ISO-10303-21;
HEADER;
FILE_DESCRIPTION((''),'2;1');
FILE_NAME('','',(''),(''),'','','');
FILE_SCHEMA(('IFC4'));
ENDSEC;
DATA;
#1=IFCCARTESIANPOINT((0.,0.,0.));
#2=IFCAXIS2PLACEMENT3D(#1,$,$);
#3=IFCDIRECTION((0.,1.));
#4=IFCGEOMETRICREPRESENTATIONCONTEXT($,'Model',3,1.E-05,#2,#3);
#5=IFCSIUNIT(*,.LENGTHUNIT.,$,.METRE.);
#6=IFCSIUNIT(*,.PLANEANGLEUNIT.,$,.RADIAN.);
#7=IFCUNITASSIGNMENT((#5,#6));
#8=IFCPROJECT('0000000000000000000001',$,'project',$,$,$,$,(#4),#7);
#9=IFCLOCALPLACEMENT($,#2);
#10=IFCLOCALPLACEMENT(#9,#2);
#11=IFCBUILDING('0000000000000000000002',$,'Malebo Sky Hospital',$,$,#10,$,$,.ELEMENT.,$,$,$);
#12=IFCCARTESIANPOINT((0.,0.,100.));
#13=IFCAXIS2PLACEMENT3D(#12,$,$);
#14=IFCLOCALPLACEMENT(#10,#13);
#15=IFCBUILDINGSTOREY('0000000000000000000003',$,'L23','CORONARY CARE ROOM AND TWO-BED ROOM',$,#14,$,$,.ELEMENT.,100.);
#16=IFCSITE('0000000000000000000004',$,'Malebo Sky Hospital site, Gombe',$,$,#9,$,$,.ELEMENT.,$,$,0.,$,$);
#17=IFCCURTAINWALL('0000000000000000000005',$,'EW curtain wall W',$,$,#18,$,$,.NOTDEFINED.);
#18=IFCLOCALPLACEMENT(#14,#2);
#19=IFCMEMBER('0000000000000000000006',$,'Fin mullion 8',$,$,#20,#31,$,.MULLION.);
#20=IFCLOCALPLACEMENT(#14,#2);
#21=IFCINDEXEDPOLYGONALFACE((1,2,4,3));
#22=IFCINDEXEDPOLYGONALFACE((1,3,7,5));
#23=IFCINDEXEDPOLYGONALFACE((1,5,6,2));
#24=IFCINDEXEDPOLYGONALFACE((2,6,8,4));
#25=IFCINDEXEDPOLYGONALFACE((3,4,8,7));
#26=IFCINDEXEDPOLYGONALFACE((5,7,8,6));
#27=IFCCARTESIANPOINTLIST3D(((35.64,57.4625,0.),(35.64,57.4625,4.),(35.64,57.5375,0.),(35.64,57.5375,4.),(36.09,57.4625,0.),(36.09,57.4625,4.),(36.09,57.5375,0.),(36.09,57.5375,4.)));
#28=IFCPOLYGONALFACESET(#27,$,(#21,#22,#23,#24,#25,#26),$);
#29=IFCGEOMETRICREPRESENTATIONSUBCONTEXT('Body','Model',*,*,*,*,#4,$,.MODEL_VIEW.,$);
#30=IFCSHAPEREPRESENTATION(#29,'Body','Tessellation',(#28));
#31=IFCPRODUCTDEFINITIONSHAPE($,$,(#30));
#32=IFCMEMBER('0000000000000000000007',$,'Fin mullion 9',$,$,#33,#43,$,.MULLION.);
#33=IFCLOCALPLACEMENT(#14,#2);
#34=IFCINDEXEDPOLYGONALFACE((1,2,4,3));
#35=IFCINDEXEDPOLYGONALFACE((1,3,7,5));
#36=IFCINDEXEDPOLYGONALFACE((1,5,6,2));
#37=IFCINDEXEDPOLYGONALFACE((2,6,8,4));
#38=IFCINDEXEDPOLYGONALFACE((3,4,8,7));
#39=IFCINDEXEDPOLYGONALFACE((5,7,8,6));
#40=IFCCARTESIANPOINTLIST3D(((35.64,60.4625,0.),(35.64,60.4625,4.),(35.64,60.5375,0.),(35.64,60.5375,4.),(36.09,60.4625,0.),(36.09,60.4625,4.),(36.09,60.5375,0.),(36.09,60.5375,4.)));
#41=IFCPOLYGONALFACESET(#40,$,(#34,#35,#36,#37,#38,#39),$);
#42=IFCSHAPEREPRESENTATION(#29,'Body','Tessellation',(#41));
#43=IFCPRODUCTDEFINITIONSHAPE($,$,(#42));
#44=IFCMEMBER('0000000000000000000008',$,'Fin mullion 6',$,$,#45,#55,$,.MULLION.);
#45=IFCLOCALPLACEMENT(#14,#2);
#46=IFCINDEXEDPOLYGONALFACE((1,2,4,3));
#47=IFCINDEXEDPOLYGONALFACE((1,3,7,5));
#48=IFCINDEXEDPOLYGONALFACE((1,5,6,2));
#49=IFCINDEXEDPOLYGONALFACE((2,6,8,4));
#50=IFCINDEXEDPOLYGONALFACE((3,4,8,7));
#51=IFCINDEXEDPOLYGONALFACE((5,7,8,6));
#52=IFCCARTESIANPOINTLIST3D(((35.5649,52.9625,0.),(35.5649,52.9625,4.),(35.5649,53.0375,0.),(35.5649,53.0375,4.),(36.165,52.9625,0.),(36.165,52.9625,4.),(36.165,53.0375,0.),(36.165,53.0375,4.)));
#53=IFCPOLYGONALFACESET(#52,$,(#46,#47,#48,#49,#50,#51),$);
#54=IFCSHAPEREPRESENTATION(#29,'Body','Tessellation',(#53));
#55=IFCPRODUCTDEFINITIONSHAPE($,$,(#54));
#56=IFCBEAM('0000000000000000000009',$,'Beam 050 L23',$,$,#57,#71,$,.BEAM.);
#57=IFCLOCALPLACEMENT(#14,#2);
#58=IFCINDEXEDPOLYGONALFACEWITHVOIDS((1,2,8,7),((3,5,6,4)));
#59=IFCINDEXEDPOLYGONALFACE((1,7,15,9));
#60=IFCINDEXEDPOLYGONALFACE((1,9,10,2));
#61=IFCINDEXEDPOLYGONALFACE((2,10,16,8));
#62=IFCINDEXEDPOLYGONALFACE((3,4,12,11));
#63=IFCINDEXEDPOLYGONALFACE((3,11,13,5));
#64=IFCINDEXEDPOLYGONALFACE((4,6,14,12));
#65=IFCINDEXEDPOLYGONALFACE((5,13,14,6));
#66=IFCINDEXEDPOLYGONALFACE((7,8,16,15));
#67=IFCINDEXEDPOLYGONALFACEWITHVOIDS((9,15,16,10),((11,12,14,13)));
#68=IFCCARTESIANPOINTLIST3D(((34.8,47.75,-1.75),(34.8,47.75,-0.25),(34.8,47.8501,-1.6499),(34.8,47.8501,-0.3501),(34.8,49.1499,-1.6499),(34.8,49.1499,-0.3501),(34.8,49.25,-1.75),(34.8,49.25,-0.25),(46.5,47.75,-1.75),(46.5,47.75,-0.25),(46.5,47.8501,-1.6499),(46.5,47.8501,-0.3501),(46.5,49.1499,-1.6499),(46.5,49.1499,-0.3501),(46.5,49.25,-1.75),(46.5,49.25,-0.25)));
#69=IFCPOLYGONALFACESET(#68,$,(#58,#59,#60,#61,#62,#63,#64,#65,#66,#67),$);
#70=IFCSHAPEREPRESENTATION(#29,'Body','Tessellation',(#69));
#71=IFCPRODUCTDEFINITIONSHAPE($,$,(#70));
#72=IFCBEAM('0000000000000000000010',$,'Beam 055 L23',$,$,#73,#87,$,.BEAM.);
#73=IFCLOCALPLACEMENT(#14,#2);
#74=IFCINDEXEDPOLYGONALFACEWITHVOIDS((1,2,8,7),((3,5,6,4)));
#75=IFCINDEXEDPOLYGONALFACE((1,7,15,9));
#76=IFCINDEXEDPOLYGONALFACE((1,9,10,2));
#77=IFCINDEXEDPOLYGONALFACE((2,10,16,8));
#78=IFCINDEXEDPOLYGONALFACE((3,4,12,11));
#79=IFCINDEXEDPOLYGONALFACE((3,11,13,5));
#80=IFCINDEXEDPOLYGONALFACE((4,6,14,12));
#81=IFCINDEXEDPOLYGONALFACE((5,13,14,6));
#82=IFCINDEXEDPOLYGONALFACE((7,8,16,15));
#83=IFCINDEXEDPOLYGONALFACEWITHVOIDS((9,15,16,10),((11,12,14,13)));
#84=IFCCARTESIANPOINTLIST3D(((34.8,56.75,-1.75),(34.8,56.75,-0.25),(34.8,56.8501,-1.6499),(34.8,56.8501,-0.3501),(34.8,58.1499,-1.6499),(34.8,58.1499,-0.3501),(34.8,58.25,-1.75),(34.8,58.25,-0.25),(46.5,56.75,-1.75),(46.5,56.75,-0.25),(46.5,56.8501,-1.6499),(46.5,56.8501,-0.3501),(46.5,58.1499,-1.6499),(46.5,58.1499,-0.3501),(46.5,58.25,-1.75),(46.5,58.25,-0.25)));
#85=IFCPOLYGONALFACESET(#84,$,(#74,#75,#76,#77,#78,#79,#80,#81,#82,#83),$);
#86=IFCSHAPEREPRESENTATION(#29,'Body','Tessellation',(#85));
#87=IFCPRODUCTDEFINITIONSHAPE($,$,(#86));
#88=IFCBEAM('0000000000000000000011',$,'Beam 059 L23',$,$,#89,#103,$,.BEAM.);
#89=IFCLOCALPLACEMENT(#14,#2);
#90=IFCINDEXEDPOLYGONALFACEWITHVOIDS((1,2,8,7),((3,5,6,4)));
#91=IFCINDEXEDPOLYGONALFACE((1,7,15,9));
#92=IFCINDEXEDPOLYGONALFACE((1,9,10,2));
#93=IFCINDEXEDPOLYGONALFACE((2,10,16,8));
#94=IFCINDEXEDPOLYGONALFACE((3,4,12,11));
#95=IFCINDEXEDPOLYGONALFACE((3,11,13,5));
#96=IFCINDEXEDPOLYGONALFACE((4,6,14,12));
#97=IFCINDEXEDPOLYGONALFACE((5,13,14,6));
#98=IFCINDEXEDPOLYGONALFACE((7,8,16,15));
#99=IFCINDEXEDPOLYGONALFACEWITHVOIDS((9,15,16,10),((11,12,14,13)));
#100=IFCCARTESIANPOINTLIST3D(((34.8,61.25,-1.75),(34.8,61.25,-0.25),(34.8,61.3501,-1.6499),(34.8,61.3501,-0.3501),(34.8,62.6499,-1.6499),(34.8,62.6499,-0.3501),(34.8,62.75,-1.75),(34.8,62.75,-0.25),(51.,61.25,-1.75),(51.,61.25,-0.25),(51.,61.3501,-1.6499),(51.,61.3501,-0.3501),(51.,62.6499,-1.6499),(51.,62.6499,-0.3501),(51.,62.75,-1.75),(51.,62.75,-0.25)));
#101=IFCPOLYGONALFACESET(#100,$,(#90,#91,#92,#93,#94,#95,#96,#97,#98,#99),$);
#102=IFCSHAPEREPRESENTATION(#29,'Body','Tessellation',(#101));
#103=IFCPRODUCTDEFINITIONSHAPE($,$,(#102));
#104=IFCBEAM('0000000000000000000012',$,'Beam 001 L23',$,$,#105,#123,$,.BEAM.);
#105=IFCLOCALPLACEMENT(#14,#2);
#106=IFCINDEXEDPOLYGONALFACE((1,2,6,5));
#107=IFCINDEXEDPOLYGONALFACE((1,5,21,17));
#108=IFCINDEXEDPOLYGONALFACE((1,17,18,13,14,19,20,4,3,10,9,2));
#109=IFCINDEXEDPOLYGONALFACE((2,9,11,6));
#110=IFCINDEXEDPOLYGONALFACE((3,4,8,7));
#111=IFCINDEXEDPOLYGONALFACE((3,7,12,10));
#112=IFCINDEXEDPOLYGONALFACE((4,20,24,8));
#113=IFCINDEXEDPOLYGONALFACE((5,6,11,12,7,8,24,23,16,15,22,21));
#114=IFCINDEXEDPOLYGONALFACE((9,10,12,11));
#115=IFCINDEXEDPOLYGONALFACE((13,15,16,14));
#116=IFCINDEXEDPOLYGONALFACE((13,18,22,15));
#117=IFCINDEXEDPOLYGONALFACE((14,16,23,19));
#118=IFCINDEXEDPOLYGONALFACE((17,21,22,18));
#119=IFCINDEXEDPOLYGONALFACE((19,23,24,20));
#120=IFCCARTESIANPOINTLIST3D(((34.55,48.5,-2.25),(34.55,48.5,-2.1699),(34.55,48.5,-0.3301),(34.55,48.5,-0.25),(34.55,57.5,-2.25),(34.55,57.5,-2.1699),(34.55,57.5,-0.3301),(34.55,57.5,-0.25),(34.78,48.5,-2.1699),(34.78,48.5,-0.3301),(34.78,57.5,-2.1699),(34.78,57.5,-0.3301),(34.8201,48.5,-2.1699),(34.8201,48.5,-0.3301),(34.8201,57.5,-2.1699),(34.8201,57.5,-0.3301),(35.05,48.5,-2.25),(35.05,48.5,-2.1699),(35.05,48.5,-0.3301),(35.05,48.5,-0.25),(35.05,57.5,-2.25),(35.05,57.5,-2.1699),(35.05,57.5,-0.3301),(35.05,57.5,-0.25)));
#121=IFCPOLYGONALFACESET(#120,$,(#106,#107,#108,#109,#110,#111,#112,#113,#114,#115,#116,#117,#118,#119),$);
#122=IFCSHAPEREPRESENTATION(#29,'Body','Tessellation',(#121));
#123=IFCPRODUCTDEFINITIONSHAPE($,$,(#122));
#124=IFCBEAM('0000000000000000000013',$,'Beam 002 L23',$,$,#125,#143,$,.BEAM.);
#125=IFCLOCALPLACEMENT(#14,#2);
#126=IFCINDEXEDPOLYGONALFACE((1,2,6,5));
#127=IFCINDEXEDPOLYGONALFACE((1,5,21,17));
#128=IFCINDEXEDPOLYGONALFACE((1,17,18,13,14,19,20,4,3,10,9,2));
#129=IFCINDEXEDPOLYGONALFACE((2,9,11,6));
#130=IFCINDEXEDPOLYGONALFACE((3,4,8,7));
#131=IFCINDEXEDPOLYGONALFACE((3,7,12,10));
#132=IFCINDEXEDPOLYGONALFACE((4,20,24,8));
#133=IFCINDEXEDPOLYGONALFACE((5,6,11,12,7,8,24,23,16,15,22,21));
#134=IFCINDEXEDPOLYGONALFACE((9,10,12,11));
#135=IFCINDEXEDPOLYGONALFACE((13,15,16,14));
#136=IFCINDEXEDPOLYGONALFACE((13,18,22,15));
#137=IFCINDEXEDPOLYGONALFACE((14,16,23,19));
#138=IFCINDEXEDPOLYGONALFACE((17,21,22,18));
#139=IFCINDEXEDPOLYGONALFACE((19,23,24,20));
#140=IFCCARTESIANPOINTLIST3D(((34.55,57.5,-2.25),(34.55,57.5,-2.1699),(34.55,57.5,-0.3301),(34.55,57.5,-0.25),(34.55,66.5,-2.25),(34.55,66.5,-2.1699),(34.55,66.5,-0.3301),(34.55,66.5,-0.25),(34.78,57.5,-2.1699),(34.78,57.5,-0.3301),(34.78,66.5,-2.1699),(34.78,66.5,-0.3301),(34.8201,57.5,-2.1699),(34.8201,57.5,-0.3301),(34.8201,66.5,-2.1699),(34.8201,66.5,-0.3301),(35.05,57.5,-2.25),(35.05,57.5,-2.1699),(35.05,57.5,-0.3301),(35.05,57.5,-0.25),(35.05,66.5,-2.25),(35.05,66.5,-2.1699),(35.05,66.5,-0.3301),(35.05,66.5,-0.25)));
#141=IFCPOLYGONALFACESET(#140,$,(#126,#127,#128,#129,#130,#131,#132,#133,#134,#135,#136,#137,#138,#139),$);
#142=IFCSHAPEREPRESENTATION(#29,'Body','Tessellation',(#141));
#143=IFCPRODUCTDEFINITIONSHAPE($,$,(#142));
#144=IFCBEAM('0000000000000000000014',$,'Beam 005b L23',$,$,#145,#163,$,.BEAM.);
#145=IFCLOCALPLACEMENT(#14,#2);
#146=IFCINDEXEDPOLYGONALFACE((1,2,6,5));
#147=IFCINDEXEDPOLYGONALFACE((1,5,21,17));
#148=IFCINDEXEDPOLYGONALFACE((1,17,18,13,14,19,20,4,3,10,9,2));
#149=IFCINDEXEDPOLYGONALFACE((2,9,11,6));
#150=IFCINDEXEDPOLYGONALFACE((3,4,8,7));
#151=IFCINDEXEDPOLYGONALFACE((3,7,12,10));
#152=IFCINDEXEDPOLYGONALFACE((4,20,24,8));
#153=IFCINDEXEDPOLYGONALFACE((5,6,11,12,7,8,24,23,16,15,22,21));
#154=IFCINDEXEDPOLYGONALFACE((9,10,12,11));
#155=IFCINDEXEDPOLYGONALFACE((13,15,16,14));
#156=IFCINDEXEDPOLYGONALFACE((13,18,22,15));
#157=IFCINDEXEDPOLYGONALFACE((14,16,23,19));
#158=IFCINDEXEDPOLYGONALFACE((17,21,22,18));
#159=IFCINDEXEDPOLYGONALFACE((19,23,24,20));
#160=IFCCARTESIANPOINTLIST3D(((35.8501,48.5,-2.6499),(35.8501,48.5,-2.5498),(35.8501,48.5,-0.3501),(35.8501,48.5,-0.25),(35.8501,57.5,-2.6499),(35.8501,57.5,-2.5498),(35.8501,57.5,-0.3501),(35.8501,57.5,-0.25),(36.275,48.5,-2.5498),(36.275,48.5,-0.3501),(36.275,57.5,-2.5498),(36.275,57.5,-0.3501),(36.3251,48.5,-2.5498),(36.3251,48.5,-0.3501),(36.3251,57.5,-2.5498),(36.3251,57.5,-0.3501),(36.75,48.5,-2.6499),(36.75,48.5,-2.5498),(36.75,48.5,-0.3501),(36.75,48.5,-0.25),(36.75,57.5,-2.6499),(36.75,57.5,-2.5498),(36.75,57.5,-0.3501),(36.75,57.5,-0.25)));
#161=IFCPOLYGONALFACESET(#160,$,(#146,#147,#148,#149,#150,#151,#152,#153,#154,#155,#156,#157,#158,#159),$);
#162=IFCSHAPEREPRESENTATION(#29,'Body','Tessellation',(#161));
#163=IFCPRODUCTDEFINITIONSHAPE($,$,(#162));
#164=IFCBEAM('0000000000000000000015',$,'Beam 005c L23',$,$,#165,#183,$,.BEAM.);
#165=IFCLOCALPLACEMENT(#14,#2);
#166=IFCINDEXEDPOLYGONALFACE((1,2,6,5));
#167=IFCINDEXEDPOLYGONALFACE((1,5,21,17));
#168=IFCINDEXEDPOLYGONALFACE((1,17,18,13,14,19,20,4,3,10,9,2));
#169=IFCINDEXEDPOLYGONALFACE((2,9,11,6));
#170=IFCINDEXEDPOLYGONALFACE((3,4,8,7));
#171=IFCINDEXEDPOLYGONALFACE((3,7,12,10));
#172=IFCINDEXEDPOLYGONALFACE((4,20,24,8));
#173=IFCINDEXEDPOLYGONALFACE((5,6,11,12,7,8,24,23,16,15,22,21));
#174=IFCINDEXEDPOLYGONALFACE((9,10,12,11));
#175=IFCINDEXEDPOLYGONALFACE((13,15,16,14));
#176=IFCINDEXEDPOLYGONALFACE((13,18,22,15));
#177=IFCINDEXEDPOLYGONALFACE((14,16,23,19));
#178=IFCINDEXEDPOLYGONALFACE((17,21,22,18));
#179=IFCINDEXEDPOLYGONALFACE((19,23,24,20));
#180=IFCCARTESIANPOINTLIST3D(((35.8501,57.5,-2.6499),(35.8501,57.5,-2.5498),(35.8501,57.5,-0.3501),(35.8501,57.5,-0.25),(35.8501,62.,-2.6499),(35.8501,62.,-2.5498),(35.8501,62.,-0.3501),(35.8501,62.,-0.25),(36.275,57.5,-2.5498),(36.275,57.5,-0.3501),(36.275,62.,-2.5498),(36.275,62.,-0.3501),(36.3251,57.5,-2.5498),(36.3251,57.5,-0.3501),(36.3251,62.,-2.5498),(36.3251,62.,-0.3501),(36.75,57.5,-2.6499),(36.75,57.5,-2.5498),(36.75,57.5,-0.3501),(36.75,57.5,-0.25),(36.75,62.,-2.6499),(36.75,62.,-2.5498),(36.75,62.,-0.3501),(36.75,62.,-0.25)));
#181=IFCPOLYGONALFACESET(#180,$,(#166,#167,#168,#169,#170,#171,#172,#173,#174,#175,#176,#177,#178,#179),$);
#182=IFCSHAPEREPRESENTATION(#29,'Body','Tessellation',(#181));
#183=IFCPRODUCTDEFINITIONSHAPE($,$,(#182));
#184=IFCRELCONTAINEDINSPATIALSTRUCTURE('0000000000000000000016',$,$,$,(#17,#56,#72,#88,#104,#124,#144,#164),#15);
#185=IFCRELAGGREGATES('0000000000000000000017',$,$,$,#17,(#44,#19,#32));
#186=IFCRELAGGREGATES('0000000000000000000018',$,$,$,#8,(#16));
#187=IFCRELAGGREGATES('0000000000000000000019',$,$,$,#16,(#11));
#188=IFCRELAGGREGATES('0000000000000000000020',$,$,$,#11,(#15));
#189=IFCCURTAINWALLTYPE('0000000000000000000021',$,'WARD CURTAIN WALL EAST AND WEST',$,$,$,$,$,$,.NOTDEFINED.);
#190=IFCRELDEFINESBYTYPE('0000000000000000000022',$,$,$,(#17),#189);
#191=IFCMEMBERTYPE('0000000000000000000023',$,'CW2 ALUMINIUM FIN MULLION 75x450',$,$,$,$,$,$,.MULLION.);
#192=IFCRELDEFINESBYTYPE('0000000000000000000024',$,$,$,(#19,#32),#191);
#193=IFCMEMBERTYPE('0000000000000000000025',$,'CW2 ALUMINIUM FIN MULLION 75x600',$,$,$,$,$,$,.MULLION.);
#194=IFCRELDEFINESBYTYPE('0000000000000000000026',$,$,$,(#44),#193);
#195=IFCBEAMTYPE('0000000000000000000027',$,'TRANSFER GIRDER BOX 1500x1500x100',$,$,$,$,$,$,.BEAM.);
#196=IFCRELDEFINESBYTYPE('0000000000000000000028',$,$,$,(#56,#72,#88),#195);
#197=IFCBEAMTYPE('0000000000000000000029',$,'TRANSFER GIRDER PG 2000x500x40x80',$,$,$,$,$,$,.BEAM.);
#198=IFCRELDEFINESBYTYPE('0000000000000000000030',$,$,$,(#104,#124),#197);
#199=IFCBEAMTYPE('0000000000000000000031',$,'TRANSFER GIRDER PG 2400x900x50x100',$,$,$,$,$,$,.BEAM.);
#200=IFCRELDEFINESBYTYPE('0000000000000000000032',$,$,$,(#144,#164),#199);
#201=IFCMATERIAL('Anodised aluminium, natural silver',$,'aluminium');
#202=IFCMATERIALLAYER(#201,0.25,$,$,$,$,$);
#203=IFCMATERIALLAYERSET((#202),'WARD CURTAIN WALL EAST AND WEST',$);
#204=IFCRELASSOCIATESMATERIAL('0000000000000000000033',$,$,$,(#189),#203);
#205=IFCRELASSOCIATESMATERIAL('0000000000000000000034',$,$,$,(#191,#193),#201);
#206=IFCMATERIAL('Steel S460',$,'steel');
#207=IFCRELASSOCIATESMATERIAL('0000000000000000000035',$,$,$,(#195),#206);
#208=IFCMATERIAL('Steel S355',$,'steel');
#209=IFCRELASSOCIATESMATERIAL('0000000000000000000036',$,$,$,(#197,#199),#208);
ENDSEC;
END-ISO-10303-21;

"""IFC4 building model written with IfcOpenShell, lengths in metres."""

from ifc_helpers import new_model, si_unit, direction, frame, origin, origin_2d, place, context, subcontext, project, spatial, rectangle, hollow_rectangle, i_section, extrude, material, layer, layer_set, material_profile, profile_set, type_object, element, aggregate, save


model = new_model("IFC4")

# Units and contexts
model_context = context("Model", 3, precision=1e-05, world=origin(), true_north=direction((0.0, 1.0)))
body_context = subcontext(model_context, "Body", "Model", "MODEL_VIEW")
ifc_project = project(units=[si_unit("LENGTHUNIT", "METRE"), si_unit("PLANEANGLEUNIT", "RADIAN")], contexts=[model_context])

# Site, building, storey
site_placement = place(None, origin())
site = spatial("IfcSite", under=ifc_project, at=site_placement, Name="Malebo Sky Hospital site, Gombe", CompositionType="ELEMENT", RefElevation=0.0)
building_placement = place(site_placement, origin())
building = spatial("IfcBuilding", under=site, at=building_placement, Name="Malebo Sky Hospital", CompositionType="ELEMENT")
storey_placement = place(building_placement, frame((0.0, 0.0, 100.0)))
storey = spatial("IfcBuildingStorey", under=building, at=storey_placement, Name="L23", Description="CORONARY CARE ROOM AND TWO-BED ROOM", CompositionType="ELEMENT", Elevation=100.0)

# Shared definitions
ifc_material_1 = material(Name="Steel S460", Category="steel")

# Curtain wall, members
ifc_material_2 = material(Name="Anodised aluminium, natural silver", Category="aluminium")
ifc_layer_1 = layer(ifc_material_2, 0.25)
ifc_layer_set_1 = layer_set([ifc_layer_1], Name="WARD CURTAIN WALL EAST AND WEST")
curtain_wall_type = type_object("IfcCurtainWallType", Name="WARD CURTAIN WALL EAST AND WEST", PredefinedType="NOTDEFINED", material=ifc_layer_set_1)
curtain_wall_placement = place(storey_placement, origin())
curtain_wall = element("IfcCurtainWall", 1, at=curtain_wall_placement, inside=storey, type_object=curtain_wall_type, Name="EW curtain wall W", PredefinedType="NOTDEFINED")
ifc_material_profile_1 = material_profile(ifc_material_2, rectangle(XDim=0.075, YDim=0.45, at=origin_2d()), Name="CW2 ALUMINIUM FIN MULLION 75x450")
ifc_profile_set_1 = profile_set([ifc_material_profile_1], Name="Anodised aluminium, natural silver")
member_type_1 = type_object("IfcMemberType", Name="CW2 ALUMINIUM FIN MULLION 75x450", PredefinedType="MULLION", material=ifc_profile_set_1)
member_1_placement = place(storey_placement, frame((35.865, 57.5, 0.0), z_axis=(0.0, 0.0, 1.0), x_axis=(0.0, 1.0, 0.0)))
member_1 = element("IfcMember", 2, at=member_1_placement, type_object=member_type_1, Name="Fin mullion 8", PredefinedType="MULLION", context=body_context, shape_type="SweptSolid", body=[
    extrude(rectangle(XDim=0.075, YDim=0.45, at=origin_2d()), origin(), (0.0, 0.0, 1.0), 4.0),
])
member_2_placement = place(storey_placement, frame((35.865, 60.5, 0.0), z_axis=(0.0, 0.0, 1.0), x_axis=(0.0, 1.0, 0.0)))
member_2 = element("IfcMember", 3, at=member_2_placement, type_object=member_type_1, Name="Fin mullion 9", PredefinedType="MULLION", context=body_context, shape_type="SweptSolid", body=[
    extrude(rectangle(XDim=0.075, YDim=0.45, at=origin_2d()), origin(), (0.0, 0.0, 1.0), 4.0),
])
ifc_material_profile_2 = material_profile(ifc_material_2, rectangle(XDim=0.075, YDim=0.6001, at=origin_2d()), Name="CW2 ALUMINIUM FIN MULLION 75x600")
ifc_profile_set_2 = profile_set([ifc_material_profile_2], Name="Anodised aluminium, natural silver")
member_type_2 = type_object("IfcMemberType", Name="CW2 ALUMINIUM FIN MULLION 75x600", PredefinedType="MULLION", material=ifc_profile_set_2)
member_3_placement = place(storey_placement, frame((35.865, 53.0, 0.0), z_axis=(0.0, 0.0, 1.0), x_axis=(0.0, 1.0, 0.0)))
member_3 = element("IfcMember", 4, at=member_3_placement, type_object=member_type_2, Name="Fin mullion 6", PredefinedType="MULLION", context=body_context, shape_type="SweptSolid", body=[
    extrude(rectangle(XDim=0.075, YDim=0.6001, at=origin_2d()), origin(), (0.0, 0.0, 1.0), 4.0),
])

# Beams
ifc_material_profile_3 = material_profile(ifc_material_1, hollow_rectangle(XDim=1.5, YDim=1.5, WallThickness=0.1001, at=origin_2d()), Name="BOX 1500x1500x100")
ifc_profile_set_3 = profile_set([ifc_material_profile_3], Name="Steel S460")
beam_type_1 = type_object("IfcBeamType", Name="TRANSFER GIRDER BOX 1500x1500x100", PredefinedType="BEAM", material=ifc_profile_set_3)
for number, where, z_axis, x_axis, name in (
    (5, (34.8, 48.5, -1.0), (1.0, 0.0, 0.0), (0.0, 1.0, 0.0), "Beam 050 L23"),
    (6, (34.8, 57.5, -1.0), (1.0, 0.0, 0.0), (0.0, 1.0, 0.0), "Beam 055 L23"),
):
    element("IfcBeam", number, at=place(storey_placement, frame(where, z_axis=z_axis, x_axis=x_axis)), inside=storey, type_object=beam_type_1, Name=name, PredefinedType="BEAM", context=body_context, shape_type="SweptSolid", body=[
        extrude(hollow_rectangle(XDim=1.5, YDim=1.5, WallThickness=0.1001, at=origin_2d()), origin(), (0.0, 0.0, 1.0), 11.7),
    ])
beam_1_placement = place(storey_placement, frame((34.8, 62.0, -1.0), z_axis=(1.0, 0.0, 0.0), x_axis=(0.0, 1.0, 0.0)))
element("IfcBeam", 7, at=beam_1_placement, inside=storey, type_object=beam_type_1, Name="Beam 059 L23", PredefinedType="BEAM", context=body_context, shape_type="SweptSolid", body=[
    extrude(hollow_rectangle(XDim=1.5, YDim=1.5, WallThickness=0.1001, at=origin_2d()), origin(), (0.0, 0.0, 1.0), 16.2),
])
ifc_material_3 = material(Name="Steel S355", Category="steel")
ifc_material_profile_4 = material_profile(ifc_material_3, i_section(OverallWidth=0.5, OverallDepth=2.0, WebThickness=0.04, FlangeThickness=0.0801, at=origin_2d()), Name="PG 2000x500x40x80")
ifc_profile_set_4 = profile_set([ifc_material_profile_4], Name="Steel S355")
beam_type_2 = type_object("IfcBeamType", Name="TRANSFER GIRDER PG 2000x500x40x80", PredefinedType="BEAM", material=ifc_profile_set_4)
for number, where, z_axis, x_axis, name in (
    (8, (34.8, 48.5, -1.25), (0.0, 1.0, 0.0), (-1.0, 0.0, 0.0), "Beam 001 L23"),
    (9, (34.8, 57.5, -1.25), (0.0, 1.0, 0.0), (-1.0, 0.0, 0.0), "Beam 002 L23"),
):
    element("IfcBeam", number, at=place(storey_placement, frame(where, z_axis=z_axis, x_axis=x_axis)), inside=storey, type_object=beam_type_2, Name=name, PredefinedType="BEAM", context=body_context, shape_type="SweptSolid", body=[
        extrude(i_section(OverallWidth=0.5, OverallDepth=2.0, WebThickness=0.04, FlangeThickness=0.0801, at=origin_2d()), origin(), (0.0, 0.0, 1.0), 9.0),
    ])
ifc_material_profile_5 = material_profile(ifc_material_3, i_section(OverallWidth=0.8999, OverallDepth=2.3999, WebThickness=0.05, FlangeThickness=0.1001, at=origin_2d()), Name="PG 2400x900x50x100")
ifc_profile_set_5 = profile_set([ifc_material_profile_5], Name="Steel S355")
beam_type_3 = type_object("IfcBeamType", Name="TRANSFER GIRDER PG 2400x900x50x100", PredefinedType="BEAM", material=ifc_profile_set_5)
beam_2_placement = place(storey_placement, frame((36.3, 48.5, -1.45), z_axis=(0.0, 1.0, 0.0), x_axis=(-1.0, 0.0, 0.0)))
element("IfcBeam", 10, at=beam_2_placement, inside=storey, type_object=beam_type_3, Name="Beam 005b L23", PredefinedType="BEAM", context=body_context, shape_type="SweptSolid", body=[
    extrude(i_section(OverallWidth=0.8999, OverallDepth=2.3999, WebThickness=0.05, FlangeThickness=0.1001, at=origin_2d()), origin(), (0.0, 0.0, 1.0), 9.0),
])
beam_3_placement = place(storey_placement, frame((36.3, 57.5, -1.45), z_axis=(0.0, 1.0, 0.0), x_axis=(-1.0, 0.0, 0.0)))
element("IfcBeam", 11, at=beam_3_placement, inside=storey, type_object=beam_type_3, Name="Beam 005c L23", PredefinedType="BEAM", context=body_context, shape_type="SweptSolid", body=[
    extrude(i_section(OverallWidth=0.8999, OverallDepth=2.3999, WebThickness=0.05, FlangeThickness=0.1001, at=origin_2d()), origin(), (0.0, 0.0, 1.0), 4.5),
])

aggregate(curtain_wall, [member_3, member_1, member_2])

save(model, "model.ifc")
